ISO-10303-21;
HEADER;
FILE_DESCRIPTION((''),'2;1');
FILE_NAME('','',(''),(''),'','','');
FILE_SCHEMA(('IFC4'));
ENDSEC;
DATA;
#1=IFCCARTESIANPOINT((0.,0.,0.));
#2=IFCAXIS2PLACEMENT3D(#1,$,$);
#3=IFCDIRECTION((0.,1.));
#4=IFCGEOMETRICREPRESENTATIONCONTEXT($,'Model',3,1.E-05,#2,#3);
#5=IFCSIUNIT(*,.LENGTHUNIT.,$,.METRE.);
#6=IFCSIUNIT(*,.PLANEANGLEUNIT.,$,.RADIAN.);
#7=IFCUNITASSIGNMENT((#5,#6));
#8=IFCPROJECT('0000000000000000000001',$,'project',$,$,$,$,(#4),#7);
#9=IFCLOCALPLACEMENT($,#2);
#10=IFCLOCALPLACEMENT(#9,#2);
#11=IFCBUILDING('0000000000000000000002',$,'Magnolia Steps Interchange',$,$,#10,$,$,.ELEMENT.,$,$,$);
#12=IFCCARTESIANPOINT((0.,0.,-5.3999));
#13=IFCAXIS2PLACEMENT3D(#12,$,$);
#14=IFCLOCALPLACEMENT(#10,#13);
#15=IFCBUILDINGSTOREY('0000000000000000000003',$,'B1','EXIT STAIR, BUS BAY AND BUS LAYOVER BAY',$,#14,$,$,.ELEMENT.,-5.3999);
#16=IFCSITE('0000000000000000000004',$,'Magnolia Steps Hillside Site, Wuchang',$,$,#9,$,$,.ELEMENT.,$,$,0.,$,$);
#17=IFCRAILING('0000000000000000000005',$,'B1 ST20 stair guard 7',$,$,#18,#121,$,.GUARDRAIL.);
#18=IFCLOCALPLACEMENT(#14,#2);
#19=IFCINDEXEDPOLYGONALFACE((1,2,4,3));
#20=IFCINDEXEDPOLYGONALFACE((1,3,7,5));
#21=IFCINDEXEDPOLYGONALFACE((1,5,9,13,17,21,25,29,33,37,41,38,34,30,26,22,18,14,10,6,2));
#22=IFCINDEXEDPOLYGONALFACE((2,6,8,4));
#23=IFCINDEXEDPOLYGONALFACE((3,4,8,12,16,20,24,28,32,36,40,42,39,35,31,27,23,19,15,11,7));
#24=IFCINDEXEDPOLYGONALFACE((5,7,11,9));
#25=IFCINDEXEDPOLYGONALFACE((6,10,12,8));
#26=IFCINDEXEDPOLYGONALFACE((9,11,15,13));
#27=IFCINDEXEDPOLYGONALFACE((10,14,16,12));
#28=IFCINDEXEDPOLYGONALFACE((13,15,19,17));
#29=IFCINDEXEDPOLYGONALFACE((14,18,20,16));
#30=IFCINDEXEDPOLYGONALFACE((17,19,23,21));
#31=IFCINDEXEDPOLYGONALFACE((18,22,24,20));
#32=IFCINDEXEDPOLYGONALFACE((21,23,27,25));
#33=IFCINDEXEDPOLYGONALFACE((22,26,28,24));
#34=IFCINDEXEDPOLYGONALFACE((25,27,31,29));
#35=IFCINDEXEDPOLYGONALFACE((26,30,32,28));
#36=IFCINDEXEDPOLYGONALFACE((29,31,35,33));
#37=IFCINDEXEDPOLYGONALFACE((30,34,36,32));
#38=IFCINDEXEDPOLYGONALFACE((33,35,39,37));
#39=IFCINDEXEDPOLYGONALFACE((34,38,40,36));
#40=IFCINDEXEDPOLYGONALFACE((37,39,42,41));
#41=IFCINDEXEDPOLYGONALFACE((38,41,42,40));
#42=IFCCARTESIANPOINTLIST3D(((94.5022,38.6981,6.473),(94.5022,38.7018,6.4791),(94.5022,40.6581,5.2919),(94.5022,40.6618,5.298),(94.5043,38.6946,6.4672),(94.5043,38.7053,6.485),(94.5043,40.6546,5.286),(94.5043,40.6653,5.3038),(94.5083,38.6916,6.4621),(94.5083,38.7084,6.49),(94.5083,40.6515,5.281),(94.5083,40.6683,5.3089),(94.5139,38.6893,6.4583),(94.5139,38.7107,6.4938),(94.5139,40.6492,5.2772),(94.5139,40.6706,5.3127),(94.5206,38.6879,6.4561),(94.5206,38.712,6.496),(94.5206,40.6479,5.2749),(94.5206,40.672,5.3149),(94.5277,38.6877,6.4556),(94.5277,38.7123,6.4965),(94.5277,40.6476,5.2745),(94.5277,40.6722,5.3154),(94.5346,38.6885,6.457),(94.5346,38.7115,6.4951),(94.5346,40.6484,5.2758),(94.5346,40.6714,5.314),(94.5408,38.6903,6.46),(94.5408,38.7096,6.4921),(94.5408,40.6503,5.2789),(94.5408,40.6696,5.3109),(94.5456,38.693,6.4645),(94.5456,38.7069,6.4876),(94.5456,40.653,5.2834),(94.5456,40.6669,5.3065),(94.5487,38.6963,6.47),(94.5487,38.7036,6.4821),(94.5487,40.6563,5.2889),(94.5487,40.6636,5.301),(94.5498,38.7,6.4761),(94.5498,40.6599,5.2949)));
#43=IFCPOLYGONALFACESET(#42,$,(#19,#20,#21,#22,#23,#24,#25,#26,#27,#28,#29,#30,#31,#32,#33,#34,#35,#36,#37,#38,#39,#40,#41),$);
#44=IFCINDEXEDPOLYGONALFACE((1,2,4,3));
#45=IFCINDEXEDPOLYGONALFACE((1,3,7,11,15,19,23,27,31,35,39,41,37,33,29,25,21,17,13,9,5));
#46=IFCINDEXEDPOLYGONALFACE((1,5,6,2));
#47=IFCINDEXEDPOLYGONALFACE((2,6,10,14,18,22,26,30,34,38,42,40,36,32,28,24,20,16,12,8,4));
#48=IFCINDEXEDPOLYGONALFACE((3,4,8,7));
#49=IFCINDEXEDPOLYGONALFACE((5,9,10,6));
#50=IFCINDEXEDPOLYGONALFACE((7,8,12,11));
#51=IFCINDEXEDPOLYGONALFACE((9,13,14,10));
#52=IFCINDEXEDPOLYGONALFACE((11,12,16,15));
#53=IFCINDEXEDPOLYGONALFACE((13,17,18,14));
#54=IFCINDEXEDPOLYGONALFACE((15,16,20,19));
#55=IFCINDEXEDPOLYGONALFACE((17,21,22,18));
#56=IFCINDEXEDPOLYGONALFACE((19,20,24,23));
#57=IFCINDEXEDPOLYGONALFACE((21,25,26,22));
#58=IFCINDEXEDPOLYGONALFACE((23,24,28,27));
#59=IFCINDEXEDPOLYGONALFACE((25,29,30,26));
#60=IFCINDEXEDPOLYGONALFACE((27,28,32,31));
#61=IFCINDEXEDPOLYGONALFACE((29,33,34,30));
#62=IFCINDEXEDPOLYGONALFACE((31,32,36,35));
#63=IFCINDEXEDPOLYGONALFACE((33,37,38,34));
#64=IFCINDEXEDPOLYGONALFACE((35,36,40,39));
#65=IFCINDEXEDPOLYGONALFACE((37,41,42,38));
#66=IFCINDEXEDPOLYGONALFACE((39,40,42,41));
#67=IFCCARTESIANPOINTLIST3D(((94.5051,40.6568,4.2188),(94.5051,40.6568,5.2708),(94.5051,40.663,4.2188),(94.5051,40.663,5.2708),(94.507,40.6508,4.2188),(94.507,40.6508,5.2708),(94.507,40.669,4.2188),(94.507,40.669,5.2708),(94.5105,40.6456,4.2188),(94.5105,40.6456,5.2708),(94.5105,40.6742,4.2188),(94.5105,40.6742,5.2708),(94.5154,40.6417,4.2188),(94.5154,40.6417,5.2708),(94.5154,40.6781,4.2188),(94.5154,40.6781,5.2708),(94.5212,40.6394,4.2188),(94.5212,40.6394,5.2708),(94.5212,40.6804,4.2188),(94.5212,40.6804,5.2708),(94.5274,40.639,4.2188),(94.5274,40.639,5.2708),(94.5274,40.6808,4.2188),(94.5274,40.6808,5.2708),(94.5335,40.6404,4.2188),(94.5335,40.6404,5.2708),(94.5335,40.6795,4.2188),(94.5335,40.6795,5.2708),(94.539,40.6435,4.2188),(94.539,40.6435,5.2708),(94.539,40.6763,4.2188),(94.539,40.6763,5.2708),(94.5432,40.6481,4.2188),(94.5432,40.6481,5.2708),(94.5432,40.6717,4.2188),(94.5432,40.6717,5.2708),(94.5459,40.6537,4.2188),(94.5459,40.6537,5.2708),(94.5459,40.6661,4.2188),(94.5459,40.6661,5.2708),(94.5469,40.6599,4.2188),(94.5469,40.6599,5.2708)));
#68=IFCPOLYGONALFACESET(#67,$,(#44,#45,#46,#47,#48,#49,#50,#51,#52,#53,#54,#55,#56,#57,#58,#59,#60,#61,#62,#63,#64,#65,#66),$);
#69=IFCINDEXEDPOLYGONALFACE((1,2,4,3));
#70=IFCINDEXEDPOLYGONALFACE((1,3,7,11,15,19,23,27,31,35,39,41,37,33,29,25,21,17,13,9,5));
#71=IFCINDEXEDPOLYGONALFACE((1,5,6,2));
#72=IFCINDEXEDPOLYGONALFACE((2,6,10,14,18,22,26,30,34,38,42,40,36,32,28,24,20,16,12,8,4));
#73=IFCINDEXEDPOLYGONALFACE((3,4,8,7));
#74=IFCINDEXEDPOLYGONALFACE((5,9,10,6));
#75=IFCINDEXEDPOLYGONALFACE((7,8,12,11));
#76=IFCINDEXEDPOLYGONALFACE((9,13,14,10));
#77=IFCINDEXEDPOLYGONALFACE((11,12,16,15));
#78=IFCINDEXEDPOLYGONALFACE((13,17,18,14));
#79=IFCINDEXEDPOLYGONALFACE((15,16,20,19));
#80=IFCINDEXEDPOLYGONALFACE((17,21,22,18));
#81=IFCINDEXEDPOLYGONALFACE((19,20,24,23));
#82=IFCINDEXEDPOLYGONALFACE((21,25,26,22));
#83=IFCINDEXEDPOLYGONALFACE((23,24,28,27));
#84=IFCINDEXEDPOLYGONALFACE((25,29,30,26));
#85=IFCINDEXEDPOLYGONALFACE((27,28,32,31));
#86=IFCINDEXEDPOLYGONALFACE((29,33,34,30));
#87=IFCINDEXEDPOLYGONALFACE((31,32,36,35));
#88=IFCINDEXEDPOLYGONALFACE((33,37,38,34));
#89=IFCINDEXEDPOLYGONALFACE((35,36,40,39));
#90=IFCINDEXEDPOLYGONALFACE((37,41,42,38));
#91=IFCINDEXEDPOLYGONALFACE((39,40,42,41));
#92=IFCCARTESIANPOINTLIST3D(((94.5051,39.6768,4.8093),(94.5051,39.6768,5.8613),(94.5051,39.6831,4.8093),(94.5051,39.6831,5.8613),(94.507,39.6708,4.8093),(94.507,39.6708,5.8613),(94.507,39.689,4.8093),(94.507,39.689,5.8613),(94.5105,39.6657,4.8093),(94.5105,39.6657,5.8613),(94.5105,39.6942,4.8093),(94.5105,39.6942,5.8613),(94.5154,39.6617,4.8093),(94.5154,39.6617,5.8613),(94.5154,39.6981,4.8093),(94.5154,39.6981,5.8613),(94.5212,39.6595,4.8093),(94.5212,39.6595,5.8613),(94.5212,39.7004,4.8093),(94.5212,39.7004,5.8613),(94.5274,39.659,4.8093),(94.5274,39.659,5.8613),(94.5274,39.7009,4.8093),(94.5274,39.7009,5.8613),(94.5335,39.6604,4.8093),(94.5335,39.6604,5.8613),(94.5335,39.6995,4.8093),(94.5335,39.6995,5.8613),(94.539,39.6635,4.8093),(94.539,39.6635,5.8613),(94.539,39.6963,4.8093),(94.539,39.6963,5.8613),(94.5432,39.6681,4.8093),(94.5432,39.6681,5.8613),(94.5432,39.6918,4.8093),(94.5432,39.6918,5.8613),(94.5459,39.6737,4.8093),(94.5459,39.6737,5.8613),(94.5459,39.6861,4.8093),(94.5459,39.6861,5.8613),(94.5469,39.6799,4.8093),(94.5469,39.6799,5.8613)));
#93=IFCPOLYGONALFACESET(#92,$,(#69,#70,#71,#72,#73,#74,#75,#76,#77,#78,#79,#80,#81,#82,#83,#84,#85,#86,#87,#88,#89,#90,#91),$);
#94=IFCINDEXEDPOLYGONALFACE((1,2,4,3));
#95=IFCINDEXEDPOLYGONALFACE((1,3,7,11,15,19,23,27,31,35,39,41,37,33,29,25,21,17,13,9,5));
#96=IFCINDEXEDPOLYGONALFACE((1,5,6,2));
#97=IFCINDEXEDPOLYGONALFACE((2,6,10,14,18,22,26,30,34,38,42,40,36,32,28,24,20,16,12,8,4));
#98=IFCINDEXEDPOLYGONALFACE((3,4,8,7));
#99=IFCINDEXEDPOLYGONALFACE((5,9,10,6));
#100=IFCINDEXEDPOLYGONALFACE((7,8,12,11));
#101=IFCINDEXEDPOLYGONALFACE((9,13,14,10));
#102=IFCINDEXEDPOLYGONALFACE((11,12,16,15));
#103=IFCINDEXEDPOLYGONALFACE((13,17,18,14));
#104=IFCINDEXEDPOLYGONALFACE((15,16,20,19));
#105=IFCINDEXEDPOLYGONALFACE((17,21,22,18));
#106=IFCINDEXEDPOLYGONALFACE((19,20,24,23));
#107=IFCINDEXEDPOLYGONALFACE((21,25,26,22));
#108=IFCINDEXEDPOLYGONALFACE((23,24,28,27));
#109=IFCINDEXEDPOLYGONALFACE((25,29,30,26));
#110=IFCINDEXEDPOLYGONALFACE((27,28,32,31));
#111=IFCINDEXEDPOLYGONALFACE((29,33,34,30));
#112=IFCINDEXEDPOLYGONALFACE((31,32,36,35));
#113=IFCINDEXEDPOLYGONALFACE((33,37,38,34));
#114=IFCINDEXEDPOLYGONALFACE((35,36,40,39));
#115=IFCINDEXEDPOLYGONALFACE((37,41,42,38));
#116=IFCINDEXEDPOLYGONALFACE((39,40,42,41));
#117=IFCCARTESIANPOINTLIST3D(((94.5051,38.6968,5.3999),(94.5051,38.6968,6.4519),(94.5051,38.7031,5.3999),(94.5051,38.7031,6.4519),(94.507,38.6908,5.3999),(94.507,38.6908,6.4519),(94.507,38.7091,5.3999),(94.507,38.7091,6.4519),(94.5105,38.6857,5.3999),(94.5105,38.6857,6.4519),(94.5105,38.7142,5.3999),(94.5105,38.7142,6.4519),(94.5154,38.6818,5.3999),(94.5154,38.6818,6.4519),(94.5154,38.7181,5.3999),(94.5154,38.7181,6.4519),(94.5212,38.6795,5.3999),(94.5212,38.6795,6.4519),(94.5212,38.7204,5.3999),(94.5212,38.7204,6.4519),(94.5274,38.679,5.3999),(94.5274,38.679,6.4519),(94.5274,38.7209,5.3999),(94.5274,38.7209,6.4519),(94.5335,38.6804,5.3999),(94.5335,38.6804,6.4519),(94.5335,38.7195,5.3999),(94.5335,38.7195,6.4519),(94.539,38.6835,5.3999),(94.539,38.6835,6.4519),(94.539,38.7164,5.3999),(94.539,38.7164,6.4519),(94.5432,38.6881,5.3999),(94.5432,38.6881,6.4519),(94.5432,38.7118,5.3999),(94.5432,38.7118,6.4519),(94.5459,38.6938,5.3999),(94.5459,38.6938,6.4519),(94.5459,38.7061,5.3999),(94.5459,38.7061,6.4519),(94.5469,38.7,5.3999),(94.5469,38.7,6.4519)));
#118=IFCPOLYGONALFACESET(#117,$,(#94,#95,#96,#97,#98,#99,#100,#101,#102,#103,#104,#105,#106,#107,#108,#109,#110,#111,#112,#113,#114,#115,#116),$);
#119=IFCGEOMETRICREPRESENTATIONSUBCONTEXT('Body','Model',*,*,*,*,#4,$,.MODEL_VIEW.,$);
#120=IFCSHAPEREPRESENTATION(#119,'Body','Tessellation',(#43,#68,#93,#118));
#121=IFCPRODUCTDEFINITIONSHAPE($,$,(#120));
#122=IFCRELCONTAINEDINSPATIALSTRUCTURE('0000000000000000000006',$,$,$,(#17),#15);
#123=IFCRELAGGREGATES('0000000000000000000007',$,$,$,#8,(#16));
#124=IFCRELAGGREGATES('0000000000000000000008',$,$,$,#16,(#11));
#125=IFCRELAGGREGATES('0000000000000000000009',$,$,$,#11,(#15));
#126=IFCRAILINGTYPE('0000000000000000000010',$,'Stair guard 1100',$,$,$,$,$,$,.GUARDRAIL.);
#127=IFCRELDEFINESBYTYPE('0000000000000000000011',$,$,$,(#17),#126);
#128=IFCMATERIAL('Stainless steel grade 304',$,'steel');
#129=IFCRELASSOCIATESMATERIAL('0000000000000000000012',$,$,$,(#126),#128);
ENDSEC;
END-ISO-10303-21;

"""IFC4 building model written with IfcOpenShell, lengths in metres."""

from ifc_helpers import new_model, si_unit, direction, frame, origin, origin_2d, place, context, subcontext, project, spatial, circle, extrude, material, type_object, element, save


model = new_model("IFC4")

# Units and contexts
model_context = context("Model", 3, precision=1e-05, world=origin(), true_north=direction((0.0, 1.0)))
body_context = subcontext(model_context, "Body", "Model", "MODEL_VIEW")
ifc_project = project(units=[si_unit("LENGTHUNIT", "METRE"), si_unit("PLANEANGLEUNIT", "RADIAN")], contexts=[model_context])

# Site, building, storey
site_placement = place(None, origin())
site = spatial("IfcSite", under=ifc_project, at=site_placement, Name="Magnolia Steps Hillside Site, Wuchang", CompositionType="ELEMENT", RefElevation=0.0)
building_placement = place(site_placement, origin())
building = spatial("IfcBuilding", under=site, at=building_placement, Name="Magnolia Steps Interchange", CompositionType="ELEMENT")
storey_placement = place(building_placement, frame((0.0, 0.0, -5.3999)))
storey = spatial("IfcBuildingStorey", under=building, at=storey_placement, Name="B1", Description="EXIT STAIR, BUS BAY AND BUS LAYOVER BAY", CompositionType="ELEMENT", Elevation=-5.3999)

# Railing
ifc_material_1 = material(Name="Stainless steel grade 304", Category="steel")
railing_type_1 = type_object("IfcRailingType", Name="Stair guard 1100", PredefinedType="GUARDRAIL", material=ifc_material_1)
railing_1_placement = place(storey_placement, frame((94.5259, 40.6599, 4.2188)))
element("IfcRailing", 1, at=railing_1_placement, inside=storey, type_object=railing_type_1, Name="B1 ST20 stair guard 7", PredefinedType="GUARDRAIL", context=body_context, shape_type="SweptSolid", body=[
    extrude(circle(Radius=0.0239, at=origin_2d()), frame((0.0, 0.0, 1.0762), z_axis=(0.0, -0.856493, 0.516158), x_axis=(1.0, 0.0, 0.0)), (0.0, 0.0, 1.0), 2.2883),
    extrude(circle(Radius=0.021, at=origin_2d()), origin(), (0.0, 0.0, 1.0), 1.052),
    extrude(circle(Radius=0.021, at=origin_2d()), frame((0.0, -0.98, 0.5906)), (0.0, 0.0, 1.0), 1.052),
    extrude(circle(Radius=0.021, at=origin_2d()), frame((0.0, -1.96, 1.1812)), (0.0, 0.0, 1.0), 1.052),
])

save(model, "model.ifc")
